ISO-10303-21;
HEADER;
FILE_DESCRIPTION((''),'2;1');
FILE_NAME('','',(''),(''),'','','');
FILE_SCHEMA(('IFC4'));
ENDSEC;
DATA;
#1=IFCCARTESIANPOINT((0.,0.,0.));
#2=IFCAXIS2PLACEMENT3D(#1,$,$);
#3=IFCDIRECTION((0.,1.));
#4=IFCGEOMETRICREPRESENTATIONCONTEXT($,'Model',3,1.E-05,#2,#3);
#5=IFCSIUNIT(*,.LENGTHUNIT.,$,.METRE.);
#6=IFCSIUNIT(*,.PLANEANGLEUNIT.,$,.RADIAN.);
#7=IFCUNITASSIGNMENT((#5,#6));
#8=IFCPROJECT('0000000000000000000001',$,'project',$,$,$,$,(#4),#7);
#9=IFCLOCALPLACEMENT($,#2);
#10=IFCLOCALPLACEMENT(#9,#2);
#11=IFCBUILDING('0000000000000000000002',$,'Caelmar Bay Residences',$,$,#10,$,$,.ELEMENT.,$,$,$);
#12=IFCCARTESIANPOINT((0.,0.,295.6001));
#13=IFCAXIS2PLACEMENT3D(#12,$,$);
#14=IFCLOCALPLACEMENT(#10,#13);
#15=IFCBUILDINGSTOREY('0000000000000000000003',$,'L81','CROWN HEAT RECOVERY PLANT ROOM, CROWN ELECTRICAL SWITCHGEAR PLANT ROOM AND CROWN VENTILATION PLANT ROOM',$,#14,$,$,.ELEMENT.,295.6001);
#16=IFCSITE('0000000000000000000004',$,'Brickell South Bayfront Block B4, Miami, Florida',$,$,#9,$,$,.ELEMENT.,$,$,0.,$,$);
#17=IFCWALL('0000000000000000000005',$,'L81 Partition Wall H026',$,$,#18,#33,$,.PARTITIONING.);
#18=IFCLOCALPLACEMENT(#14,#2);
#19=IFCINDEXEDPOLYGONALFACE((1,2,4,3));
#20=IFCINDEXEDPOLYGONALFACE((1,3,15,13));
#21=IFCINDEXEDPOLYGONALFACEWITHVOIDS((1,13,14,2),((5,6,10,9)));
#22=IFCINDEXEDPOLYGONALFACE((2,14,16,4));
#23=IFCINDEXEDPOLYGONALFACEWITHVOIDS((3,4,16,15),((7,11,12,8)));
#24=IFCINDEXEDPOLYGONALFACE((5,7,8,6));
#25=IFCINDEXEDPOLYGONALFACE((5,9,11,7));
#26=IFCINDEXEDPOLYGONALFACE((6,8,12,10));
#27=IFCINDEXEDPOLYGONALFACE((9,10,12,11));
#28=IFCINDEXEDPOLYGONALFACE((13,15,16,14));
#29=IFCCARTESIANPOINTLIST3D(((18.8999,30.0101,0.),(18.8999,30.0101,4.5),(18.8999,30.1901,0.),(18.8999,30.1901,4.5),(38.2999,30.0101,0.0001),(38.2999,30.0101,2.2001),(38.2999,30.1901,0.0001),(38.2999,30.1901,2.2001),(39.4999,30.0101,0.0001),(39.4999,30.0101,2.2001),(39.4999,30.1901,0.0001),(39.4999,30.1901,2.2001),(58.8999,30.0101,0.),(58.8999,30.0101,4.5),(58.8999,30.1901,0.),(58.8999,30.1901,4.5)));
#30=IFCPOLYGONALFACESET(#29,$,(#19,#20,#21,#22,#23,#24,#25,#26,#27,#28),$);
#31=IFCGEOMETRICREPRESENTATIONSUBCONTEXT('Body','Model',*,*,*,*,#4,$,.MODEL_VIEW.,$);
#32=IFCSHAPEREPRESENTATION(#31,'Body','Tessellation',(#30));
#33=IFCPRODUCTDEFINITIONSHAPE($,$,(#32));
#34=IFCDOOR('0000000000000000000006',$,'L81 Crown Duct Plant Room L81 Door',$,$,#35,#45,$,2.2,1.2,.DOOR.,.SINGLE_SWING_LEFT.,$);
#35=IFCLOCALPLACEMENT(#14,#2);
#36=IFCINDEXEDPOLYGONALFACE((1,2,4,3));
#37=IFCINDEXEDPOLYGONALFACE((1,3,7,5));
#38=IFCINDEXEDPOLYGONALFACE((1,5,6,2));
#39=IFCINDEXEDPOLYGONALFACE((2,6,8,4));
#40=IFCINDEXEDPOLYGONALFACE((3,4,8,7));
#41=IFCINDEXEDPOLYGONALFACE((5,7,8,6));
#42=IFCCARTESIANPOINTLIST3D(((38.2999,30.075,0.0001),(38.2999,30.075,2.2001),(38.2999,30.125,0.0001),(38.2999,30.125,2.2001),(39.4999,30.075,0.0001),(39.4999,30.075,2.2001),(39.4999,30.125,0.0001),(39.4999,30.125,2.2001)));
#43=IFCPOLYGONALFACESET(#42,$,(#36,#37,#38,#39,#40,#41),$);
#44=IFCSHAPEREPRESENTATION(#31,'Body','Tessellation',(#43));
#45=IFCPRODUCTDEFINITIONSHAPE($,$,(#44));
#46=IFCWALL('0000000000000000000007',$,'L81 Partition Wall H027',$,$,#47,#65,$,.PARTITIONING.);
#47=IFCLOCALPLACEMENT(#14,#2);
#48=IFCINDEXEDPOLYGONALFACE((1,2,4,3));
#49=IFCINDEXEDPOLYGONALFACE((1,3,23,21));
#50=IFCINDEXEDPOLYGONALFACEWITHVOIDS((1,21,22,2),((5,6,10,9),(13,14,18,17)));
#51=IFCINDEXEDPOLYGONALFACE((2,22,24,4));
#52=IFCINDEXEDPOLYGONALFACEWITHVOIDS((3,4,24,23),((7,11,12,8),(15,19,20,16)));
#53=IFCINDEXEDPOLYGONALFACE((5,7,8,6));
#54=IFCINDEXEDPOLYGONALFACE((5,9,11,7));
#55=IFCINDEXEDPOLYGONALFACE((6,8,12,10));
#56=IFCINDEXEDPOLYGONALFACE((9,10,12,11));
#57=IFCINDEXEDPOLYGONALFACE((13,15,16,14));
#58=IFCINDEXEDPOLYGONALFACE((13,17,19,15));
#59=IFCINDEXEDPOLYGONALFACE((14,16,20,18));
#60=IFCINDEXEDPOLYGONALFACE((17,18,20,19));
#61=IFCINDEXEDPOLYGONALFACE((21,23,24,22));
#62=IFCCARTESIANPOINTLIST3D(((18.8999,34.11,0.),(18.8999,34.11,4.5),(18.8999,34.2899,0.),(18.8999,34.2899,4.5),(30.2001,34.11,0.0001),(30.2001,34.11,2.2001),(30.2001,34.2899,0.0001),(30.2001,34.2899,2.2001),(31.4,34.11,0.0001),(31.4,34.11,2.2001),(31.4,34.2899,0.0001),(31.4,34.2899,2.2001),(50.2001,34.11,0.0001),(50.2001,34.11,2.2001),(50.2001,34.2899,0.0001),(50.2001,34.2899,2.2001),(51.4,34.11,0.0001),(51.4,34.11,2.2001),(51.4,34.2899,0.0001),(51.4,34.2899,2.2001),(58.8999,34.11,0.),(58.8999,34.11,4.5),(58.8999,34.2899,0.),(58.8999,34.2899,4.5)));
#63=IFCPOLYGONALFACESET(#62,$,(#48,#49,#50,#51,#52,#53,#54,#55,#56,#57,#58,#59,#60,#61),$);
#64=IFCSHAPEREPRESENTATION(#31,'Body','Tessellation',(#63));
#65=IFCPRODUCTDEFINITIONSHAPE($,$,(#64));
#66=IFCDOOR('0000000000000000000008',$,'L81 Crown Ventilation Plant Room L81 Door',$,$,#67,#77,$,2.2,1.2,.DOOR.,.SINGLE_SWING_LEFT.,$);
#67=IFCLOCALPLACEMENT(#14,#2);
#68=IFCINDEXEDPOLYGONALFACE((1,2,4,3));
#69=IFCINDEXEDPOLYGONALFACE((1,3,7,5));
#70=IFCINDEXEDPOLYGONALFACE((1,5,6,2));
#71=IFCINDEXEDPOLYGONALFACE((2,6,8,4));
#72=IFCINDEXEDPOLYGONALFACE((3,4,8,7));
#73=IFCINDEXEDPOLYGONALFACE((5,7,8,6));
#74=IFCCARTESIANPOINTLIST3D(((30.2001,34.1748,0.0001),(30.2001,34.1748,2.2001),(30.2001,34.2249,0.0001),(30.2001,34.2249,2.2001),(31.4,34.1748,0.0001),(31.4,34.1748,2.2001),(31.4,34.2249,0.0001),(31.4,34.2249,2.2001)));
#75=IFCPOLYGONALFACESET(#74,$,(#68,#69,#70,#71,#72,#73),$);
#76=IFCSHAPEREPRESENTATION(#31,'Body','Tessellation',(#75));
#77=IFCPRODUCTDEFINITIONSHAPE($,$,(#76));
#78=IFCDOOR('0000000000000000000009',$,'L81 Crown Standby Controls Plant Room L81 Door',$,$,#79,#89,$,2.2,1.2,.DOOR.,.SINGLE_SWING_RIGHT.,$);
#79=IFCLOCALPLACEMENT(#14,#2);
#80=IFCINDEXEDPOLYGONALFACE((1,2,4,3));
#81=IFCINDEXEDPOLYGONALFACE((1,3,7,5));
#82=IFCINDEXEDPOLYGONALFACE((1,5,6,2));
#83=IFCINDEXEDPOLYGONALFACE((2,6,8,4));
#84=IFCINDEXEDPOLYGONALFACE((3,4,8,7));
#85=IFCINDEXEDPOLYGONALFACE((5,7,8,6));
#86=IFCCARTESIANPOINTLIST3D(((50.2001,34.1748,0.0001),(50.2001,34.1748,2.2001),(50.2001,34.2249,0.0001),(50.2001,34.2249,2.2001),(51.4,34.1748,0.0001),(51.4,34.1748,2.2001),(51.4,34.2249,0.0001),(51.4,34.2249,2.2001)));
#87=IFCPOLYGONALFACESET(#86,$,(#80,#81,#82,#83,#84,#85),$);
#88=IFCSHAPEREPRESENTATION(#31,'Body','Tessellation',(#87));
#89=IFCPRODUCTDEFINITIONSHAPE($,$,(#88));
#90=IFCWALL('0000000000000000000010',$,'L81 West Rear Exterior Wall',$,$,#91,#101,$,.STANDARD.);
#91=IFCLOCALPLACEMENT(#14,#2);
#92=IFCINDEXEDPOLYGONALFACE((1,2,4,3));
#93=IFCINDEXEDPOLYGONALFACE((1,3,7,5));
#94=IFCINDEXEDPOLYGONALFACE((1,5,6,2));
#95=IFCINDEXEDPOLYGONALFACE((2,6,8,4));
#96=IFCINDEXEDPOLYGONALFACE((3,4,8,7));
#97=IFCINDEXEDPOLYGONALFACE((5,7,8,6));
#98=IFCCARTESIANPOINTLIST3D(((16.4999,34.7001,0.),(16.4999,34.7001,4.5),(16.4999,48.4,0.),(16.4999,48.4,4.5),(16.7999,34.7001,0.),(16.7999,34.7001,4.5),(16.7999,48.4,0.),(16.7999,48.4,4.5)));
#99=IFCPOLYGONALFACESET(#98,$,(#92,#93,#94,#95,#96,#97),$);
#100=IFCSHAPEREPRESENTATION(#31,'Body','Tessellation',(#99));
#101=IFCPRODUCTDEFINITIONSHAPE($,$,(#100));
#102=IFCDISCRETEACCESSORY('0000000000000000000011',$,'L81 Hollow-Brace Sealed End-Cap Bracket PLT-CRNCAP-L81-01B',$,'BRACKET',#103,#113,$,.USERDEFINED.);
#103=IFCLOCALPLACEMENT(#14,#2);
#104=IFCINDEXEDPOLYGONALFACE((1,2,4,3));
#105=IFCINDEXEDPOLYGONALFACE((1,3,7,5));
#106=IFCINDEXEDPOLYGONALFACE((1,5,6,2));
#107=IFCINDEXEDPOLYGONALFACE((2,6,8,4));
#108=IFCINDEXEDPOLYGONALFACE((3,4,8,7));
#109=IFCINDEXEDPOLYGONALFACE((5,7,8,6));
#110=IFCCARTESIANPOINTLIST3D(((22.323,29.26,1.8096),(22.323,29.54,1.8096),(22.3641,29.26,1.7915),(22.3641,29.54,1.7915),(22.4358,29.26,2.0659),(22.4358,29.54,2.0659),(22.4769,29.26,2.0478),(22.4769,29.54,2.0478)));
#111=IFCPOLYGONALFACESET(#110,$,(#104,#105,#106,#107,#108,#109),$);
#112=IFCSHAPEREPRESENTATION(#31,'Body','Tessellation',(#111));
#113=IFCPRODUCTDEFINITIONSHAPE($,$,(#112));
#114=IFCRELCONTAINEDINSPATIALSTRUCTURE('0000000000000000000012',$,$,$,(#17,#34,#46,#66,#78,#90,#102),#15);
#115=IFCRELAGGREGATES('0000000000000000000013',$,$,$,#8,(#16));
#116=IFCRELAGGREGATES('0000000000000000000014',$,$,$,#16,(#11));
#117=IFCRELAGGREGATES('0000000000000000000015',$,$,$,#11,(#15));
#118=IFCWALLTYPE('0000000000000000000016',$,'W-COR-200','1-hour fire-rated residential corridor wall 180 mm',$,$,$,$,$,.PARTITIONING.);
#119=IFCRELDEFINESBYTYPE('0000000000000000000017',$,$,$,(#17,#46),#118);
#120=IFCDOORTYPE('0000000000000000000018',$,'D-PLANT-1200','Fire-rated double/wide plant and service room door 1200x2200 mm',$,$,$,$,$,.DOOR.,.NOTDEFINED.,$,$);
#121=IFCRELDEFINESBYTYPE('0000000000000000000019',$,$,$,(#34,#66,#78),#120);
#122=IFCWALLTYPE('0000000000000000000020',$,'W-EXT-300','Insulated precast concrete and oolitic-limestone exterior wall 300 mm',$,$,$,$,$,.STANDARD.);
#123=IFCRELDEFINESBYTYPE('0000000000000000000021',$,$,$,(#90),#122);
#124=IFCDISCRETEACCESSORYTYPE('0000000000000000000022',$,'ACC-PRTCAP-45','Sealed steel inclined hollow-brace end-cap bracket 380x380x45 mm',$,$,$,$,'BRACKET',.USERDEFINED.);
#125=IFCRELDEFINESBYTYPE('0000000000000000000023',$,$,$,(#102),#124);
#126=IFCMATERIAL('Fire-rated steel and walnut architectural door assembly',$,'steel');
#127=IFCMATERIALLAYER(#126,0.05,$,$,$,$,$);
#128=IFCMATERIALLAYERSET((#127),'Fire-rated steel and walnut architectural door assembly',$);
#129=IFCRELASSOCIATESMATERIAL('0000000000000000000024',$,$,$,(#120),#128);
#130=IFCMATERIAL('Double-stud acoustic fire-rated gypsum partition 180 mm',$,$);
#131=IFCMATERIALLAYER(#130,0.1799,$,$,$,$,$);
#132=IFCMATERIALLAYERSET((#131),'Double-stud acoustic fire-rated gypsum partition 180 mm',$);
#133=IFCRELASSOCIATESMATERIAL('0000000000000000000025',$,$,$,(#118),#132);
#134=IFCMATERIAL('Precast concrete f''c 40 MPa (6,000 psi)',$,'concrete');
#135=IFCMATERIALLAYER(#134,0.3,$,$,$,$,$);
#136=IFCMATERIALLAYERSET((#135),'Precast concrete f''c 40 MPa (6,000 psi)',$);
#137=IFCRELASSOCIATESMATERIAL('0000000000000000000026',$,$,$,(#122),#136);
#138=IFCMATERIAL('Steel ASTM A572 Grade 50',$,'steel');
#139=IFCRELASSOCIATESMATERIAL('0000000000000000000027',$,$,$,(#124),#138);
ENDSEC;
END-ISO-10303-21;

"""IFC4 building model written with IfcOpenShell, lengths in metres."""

from ifc_helpers import new_model, si_unit, direction, frame, frame_2d, origin, place, context, subcontext, project, spatial, polyline, rectangle, outline, extrude, material, layer, layer_set, type_object, element, fill, save


model = new_model("IFC4")

# Units and contexts
model_context = context("Model", 3, precision=1e-05, world=origin(), true_north=direction((0.0, 1.0)))
body_context = subcontext(model_context, "Body", "Model", "MODEL_VIEW")
ifc_project = project(units=[si_unit("LENGTHUNIT", "METRE"), si_unit("PLANEANGLEUNIT", "RADIAN")], contexts=[model_context])

# Site, building, storey
site_placement = place(None, origin())
site = spatial("IfcSite", under=ifc_project, at=site_placement, Name="Brickell South Bayfront Block B4, Miami, Florida", CompositionType="ELEMENT", RefElevation=0.0)
building_placement = place(site_placement, origin())
building = spatial("IfcBuilding", under=site, at=building_placement, Name="Caelmar Bay Residences", CompositionType="ELEMENT")
storey_placement = place(building_placement, frame((0.0, 0.0, 295.6001)))
storey = spatial("IfcBuildingStorey", under=building, at=storey_placement, Name="L81", Description="CROWN HEAT RECOVERY PLANT ROOM, CROWN ELECTRICAL SWITCHGEAR PLANT ROOM AND CROWN VENTILATION PLANT ROOM", CompositionType="ELEMENT", Elevation=295.6001)

# Shared definitions
ifc_material_1 = material(Name="Fire-rated steel and walnut architectural door assembly", Category="steel")
ifc_layer_1 = layer(ifc_material_1, 0.05)
ifc_layer_set_1 = layer_set([ifc_layer_1], Name="Fire-rated steel and walnut architectural door assembly")
door_type_1 = type_object("IfcDoorType", Name="D-PLANT-1200", Description="Fire-rated double/wide plant and service room door 1200x2200 mm", OperationType="NOTDEFINED", PredefinedType="DOOR", material=ifc_layer_set_1)

# Shared definitions
ifc_material_2 = material(Name="Double-stud acoustic fire-rated gypsum partition 180 mm")
ifc_layer_2 = layer(ifc_material_2, 0.1799)
ifc_layer_set_2 = layer_set([ifc_layer_2], Name="Double-stud acoustic fire-rated gypsum partition 180 mm")
wall_type_1 = type_object("IfcWallType", Name="W-COR-200", Description="1-hour fire-rated residential corridor wall 180 mm", PredefinedType="PARTITIONING", material=ifc_layer_set_2)

# Wall, opening, door
wall_1_placement = place(storey_placement, frame((18.8999, 30.1001, 0.0), z_axis=(0.0, 0.0, 1.0), x_axis=(1.0, 0.0, 0.0)))
wall_1 = element("IfcWall", 1, at=wall_1_placement, inside=storey, type_object=wall_type_1, Name="L81 Partition Wall H026", PredefinedType="PARTITIONING", context=body_context, shape_type="SweptSolid", body=[
    extrude(rectangle(XDim=40.0, YDim=0.1799, at=frame_2d((20.0, 0.0))), origin(), (0.0, 0.0, 1.0), 4.5),
])
opening_1_placement = place(wall_1_placement, frame((19.3999, 0.0, 0.0)))
opening_1 = element("IfcOpeningElement", 2, at=opening_1_placement, cuts=wall_1, PredefinedType="OPENING", context=body_context, shape_type="SweptSolid", body=[
    extrude(rectangle(XDim=1.2, YDim=2.2, at=frame_2d((0.6001, 1.1001))), frame((0.0, 0.0999, 0.0), z_axis=(0.0, -1.0, 0.0), x_axis=(1.0, 0.0, 0.0)), (0.0, 0.0, 1.0), 0.2),
])
door_1_placement = place(opening_1_placement, origin())
door_1 = element("IfcDoor", 3, at=door_1_placement, inside=storey, type_object=door_type_1, Name="L81 Crown Duct Plant Room L81 Door", OperationType="SINGLE_SWING_LEFT", OverallHeight=2.2, OverallWidth=1.2, PredefinedType="DOOR", context=body_context, shape_type="SweptSolid", body=[
    extrude(rectangle(XDim=1.2, YDim=2.2, at=frame_2d((0.6001, 1.1001))), frame((0.0, 0.0249, 0.0), z_axis=(0.0, -1.0, 0.0), x_axis=(1.0, 0.0, 0.0)), (0.0, 0.0, 1.0), 0.05),
])
fill(opening_1, door_1)

# Wall, openings, doors
wall_2_placement = place(storey_placement, frame((18.8999, 34.2, 0.0), z_axis=(0.0, 0.0, 1.0), x_axis=(1.0, 0.0, 0.0)))
wall_2 = element("IfcWall", 4, at=wall_2_placement, inside=storey, type_object=wall_type_1, Name="L81 Partition Wall H027", PredefinedType="PARTITIONING", context=body_context, shape_type="SweptSolid", body=[
    extrude(rectangle(XDim=40.0, YDim=0.1799, at=frame_2d((20.0, 0.0))), origin(), (0.0, 0.0, 1.0), 4.5),
])
opening_2_placement = place(wall_2_placement, frame((11.3, 0.0, 0.0)))
opening_2 = element("IfcOpeningElement", 5, at=opening_2_placement, cuts=wall_2, PredefinedType="OPENING", context=body_context, shape_type="SweptSolid", body=[
    extrude(rectangle(XDim=1.2, YDim=2.2, at=frame_2d((0.6001, 1.1001))), frame((0.0, 0.0999, 0.0), z_axis=(0.0, -1.0, 0.0), x_axis=(1.0, 0.0, 0.0)), (0.0, 0.0, 1.0), 0.2),
])
opening_3_placement = place(wall_2_placement, frame((31.3, 0.0, 0.0)))
opening_3 = element("IfcOpeningElement", 6, at=opening_3_placement, cuts=wall_2, PredefinedType="OPENING", context=body_context, shape_type="SweptSolid", body=[
    extrude(rectangle(XDim=1.2, YDim=2.2, at=frame_2d((0.6001, 1.1001))), frame((0.0, 0.0999, 0.0), z_axis=(0.0, -1.0, 0.0), x_axis=(1.0, 0.0, 0.0)), (0.0, 0.0, 1.0), 0.2),
])
door_2_placement = place(opening_2_placement, origin())
door_2 = element("IfcDoor", 7, at=door_2_placement, inside=storey, type_object=door_type_1, Name="L81 Crown Ventilation Plant Room L81 Door", OperationType="SINGLE_SWING_LEFT", OverallHeight=2.2, OverallWidth=1.2, PredefinedType="DOOR", context=body_context, shape_type="SweptSolid", body=[
    extrude(rectangle(XDim=1.2, YDim=2.2, at=frame_2d((0.6001, 1.1001))), frame((0.0, 0.0249, 0.0), z_axis=(0.0, -1.0, 0.0), x_axis=(1.0, 0.0, 0.0)), (0.0, 0.0, 1.0), 0.05),
])
fill(opening_2, door_2)
door_3_placement = place(opening_3_placement, origin())
door_3 = element("IfcDoor", 8, at=door_3_placement, inside=storey, type_object=door_type_1, Name="L81 Crown Standby Controls Plant Room L81 Door", OperationType="SINGLE_SWING_RIGHT", OverallHeight=2.2, OverallWidth=1.2, PredefinedType="DOOR", context=body_context, shape_type="SweptSolid", body=[
    extrude(rectangle(XDim=1.2, YDim=2.2, at=frame_2d((0.6001, 1.1001))), frame((0.0, 0.0249, 0.0), z_axis=(0.0, -1.0, 0.0), x_axis=(1.0, 0.0, 0.0)), (0.0, 0.0, 1.0), 0.05),
])
fill(opening_3, door_3)

# Wall
ifc_material_3 = material(Name="Precast concrete f'c 40 MPa (6,000 psi)", Category="concrete")
ifc_layer_3 = layer(ifc_material_3, 0.3)
ifc_layer_set_3 = layer_set([ifc_layer_3], Name="Precast concrete f'c 40 MPa (6,000 psi)")
wall_type_2 = type_object("IfcWallType", Name="W-EXT-300", Description="Insulated precast concrete and oolitic-limestone exterior wall 300 mm", PredefinedType="STANDARD", material=ifc_layer_set_3)
wall_3_placement = place(storey_placement, frame((16.6499, 34.7, 0.0), z_axis=(0.0, 0.0, 1.0), x_axis=(0.0, 1.0, 0.0)))
element("IfcWall", 9, at=wall_3_placement, inside=storey, type_object=wall_type_2, Name="L81 West Rear Exterior Wall", PredefinedType="STANDARD", context=body_context, shape_type="SweptSolid", body=[
    extrude(rectangle(XDim=13.7, YDim=0.3, at=frame_2d((6.8501, 0.0))), origin(), (0.0, 0.0, 1.0), 4.5),
])

# Discrete accessory
ifc_material_4 = material(Name="Steel ASTM A572 Grade 50", Category="steel")
discrete_accessory_type = type_object("IfcDiscreteAccessoryType", Name="ACC-PRTCAP-45", Description="Sealed steel inclined hollow-brace end-cap bracket 380x380x45 mm", ElementType="BRACKET", PredefinedType="USERDEFINED", material=ifc_material_4)
discrete_accessory_placement = place(storey_placement, frame((22.323, 29.54, 1.8096), z_axis=(-0.915315, 0.0, 0.402739), x_axis=(0.0, -1.0, 0.0)))
element("IfcDiscreteAccessory", 10, at=discrete_accessory_placement, inside=storey, type_object=discrete_accessory_type, Name="L81 Hollow-Brace Sealed End-Cap Bracket PLT-CRNCAP-L81-01B", ObjectType="BRACKET", PredefinedType="USERDEFINED", context=body_context, shape_type="SweptSolid", body=[
    extrude(outline(polyline([(0.0, 0.0), (0.28, 0.0), (0.28, 0.2801), (0.0, 0.2801), (0.0, 0.0)])), origin(), (0.0, 0.0, -1.0), 0.0449),
])

save(model, "model.ifc")
